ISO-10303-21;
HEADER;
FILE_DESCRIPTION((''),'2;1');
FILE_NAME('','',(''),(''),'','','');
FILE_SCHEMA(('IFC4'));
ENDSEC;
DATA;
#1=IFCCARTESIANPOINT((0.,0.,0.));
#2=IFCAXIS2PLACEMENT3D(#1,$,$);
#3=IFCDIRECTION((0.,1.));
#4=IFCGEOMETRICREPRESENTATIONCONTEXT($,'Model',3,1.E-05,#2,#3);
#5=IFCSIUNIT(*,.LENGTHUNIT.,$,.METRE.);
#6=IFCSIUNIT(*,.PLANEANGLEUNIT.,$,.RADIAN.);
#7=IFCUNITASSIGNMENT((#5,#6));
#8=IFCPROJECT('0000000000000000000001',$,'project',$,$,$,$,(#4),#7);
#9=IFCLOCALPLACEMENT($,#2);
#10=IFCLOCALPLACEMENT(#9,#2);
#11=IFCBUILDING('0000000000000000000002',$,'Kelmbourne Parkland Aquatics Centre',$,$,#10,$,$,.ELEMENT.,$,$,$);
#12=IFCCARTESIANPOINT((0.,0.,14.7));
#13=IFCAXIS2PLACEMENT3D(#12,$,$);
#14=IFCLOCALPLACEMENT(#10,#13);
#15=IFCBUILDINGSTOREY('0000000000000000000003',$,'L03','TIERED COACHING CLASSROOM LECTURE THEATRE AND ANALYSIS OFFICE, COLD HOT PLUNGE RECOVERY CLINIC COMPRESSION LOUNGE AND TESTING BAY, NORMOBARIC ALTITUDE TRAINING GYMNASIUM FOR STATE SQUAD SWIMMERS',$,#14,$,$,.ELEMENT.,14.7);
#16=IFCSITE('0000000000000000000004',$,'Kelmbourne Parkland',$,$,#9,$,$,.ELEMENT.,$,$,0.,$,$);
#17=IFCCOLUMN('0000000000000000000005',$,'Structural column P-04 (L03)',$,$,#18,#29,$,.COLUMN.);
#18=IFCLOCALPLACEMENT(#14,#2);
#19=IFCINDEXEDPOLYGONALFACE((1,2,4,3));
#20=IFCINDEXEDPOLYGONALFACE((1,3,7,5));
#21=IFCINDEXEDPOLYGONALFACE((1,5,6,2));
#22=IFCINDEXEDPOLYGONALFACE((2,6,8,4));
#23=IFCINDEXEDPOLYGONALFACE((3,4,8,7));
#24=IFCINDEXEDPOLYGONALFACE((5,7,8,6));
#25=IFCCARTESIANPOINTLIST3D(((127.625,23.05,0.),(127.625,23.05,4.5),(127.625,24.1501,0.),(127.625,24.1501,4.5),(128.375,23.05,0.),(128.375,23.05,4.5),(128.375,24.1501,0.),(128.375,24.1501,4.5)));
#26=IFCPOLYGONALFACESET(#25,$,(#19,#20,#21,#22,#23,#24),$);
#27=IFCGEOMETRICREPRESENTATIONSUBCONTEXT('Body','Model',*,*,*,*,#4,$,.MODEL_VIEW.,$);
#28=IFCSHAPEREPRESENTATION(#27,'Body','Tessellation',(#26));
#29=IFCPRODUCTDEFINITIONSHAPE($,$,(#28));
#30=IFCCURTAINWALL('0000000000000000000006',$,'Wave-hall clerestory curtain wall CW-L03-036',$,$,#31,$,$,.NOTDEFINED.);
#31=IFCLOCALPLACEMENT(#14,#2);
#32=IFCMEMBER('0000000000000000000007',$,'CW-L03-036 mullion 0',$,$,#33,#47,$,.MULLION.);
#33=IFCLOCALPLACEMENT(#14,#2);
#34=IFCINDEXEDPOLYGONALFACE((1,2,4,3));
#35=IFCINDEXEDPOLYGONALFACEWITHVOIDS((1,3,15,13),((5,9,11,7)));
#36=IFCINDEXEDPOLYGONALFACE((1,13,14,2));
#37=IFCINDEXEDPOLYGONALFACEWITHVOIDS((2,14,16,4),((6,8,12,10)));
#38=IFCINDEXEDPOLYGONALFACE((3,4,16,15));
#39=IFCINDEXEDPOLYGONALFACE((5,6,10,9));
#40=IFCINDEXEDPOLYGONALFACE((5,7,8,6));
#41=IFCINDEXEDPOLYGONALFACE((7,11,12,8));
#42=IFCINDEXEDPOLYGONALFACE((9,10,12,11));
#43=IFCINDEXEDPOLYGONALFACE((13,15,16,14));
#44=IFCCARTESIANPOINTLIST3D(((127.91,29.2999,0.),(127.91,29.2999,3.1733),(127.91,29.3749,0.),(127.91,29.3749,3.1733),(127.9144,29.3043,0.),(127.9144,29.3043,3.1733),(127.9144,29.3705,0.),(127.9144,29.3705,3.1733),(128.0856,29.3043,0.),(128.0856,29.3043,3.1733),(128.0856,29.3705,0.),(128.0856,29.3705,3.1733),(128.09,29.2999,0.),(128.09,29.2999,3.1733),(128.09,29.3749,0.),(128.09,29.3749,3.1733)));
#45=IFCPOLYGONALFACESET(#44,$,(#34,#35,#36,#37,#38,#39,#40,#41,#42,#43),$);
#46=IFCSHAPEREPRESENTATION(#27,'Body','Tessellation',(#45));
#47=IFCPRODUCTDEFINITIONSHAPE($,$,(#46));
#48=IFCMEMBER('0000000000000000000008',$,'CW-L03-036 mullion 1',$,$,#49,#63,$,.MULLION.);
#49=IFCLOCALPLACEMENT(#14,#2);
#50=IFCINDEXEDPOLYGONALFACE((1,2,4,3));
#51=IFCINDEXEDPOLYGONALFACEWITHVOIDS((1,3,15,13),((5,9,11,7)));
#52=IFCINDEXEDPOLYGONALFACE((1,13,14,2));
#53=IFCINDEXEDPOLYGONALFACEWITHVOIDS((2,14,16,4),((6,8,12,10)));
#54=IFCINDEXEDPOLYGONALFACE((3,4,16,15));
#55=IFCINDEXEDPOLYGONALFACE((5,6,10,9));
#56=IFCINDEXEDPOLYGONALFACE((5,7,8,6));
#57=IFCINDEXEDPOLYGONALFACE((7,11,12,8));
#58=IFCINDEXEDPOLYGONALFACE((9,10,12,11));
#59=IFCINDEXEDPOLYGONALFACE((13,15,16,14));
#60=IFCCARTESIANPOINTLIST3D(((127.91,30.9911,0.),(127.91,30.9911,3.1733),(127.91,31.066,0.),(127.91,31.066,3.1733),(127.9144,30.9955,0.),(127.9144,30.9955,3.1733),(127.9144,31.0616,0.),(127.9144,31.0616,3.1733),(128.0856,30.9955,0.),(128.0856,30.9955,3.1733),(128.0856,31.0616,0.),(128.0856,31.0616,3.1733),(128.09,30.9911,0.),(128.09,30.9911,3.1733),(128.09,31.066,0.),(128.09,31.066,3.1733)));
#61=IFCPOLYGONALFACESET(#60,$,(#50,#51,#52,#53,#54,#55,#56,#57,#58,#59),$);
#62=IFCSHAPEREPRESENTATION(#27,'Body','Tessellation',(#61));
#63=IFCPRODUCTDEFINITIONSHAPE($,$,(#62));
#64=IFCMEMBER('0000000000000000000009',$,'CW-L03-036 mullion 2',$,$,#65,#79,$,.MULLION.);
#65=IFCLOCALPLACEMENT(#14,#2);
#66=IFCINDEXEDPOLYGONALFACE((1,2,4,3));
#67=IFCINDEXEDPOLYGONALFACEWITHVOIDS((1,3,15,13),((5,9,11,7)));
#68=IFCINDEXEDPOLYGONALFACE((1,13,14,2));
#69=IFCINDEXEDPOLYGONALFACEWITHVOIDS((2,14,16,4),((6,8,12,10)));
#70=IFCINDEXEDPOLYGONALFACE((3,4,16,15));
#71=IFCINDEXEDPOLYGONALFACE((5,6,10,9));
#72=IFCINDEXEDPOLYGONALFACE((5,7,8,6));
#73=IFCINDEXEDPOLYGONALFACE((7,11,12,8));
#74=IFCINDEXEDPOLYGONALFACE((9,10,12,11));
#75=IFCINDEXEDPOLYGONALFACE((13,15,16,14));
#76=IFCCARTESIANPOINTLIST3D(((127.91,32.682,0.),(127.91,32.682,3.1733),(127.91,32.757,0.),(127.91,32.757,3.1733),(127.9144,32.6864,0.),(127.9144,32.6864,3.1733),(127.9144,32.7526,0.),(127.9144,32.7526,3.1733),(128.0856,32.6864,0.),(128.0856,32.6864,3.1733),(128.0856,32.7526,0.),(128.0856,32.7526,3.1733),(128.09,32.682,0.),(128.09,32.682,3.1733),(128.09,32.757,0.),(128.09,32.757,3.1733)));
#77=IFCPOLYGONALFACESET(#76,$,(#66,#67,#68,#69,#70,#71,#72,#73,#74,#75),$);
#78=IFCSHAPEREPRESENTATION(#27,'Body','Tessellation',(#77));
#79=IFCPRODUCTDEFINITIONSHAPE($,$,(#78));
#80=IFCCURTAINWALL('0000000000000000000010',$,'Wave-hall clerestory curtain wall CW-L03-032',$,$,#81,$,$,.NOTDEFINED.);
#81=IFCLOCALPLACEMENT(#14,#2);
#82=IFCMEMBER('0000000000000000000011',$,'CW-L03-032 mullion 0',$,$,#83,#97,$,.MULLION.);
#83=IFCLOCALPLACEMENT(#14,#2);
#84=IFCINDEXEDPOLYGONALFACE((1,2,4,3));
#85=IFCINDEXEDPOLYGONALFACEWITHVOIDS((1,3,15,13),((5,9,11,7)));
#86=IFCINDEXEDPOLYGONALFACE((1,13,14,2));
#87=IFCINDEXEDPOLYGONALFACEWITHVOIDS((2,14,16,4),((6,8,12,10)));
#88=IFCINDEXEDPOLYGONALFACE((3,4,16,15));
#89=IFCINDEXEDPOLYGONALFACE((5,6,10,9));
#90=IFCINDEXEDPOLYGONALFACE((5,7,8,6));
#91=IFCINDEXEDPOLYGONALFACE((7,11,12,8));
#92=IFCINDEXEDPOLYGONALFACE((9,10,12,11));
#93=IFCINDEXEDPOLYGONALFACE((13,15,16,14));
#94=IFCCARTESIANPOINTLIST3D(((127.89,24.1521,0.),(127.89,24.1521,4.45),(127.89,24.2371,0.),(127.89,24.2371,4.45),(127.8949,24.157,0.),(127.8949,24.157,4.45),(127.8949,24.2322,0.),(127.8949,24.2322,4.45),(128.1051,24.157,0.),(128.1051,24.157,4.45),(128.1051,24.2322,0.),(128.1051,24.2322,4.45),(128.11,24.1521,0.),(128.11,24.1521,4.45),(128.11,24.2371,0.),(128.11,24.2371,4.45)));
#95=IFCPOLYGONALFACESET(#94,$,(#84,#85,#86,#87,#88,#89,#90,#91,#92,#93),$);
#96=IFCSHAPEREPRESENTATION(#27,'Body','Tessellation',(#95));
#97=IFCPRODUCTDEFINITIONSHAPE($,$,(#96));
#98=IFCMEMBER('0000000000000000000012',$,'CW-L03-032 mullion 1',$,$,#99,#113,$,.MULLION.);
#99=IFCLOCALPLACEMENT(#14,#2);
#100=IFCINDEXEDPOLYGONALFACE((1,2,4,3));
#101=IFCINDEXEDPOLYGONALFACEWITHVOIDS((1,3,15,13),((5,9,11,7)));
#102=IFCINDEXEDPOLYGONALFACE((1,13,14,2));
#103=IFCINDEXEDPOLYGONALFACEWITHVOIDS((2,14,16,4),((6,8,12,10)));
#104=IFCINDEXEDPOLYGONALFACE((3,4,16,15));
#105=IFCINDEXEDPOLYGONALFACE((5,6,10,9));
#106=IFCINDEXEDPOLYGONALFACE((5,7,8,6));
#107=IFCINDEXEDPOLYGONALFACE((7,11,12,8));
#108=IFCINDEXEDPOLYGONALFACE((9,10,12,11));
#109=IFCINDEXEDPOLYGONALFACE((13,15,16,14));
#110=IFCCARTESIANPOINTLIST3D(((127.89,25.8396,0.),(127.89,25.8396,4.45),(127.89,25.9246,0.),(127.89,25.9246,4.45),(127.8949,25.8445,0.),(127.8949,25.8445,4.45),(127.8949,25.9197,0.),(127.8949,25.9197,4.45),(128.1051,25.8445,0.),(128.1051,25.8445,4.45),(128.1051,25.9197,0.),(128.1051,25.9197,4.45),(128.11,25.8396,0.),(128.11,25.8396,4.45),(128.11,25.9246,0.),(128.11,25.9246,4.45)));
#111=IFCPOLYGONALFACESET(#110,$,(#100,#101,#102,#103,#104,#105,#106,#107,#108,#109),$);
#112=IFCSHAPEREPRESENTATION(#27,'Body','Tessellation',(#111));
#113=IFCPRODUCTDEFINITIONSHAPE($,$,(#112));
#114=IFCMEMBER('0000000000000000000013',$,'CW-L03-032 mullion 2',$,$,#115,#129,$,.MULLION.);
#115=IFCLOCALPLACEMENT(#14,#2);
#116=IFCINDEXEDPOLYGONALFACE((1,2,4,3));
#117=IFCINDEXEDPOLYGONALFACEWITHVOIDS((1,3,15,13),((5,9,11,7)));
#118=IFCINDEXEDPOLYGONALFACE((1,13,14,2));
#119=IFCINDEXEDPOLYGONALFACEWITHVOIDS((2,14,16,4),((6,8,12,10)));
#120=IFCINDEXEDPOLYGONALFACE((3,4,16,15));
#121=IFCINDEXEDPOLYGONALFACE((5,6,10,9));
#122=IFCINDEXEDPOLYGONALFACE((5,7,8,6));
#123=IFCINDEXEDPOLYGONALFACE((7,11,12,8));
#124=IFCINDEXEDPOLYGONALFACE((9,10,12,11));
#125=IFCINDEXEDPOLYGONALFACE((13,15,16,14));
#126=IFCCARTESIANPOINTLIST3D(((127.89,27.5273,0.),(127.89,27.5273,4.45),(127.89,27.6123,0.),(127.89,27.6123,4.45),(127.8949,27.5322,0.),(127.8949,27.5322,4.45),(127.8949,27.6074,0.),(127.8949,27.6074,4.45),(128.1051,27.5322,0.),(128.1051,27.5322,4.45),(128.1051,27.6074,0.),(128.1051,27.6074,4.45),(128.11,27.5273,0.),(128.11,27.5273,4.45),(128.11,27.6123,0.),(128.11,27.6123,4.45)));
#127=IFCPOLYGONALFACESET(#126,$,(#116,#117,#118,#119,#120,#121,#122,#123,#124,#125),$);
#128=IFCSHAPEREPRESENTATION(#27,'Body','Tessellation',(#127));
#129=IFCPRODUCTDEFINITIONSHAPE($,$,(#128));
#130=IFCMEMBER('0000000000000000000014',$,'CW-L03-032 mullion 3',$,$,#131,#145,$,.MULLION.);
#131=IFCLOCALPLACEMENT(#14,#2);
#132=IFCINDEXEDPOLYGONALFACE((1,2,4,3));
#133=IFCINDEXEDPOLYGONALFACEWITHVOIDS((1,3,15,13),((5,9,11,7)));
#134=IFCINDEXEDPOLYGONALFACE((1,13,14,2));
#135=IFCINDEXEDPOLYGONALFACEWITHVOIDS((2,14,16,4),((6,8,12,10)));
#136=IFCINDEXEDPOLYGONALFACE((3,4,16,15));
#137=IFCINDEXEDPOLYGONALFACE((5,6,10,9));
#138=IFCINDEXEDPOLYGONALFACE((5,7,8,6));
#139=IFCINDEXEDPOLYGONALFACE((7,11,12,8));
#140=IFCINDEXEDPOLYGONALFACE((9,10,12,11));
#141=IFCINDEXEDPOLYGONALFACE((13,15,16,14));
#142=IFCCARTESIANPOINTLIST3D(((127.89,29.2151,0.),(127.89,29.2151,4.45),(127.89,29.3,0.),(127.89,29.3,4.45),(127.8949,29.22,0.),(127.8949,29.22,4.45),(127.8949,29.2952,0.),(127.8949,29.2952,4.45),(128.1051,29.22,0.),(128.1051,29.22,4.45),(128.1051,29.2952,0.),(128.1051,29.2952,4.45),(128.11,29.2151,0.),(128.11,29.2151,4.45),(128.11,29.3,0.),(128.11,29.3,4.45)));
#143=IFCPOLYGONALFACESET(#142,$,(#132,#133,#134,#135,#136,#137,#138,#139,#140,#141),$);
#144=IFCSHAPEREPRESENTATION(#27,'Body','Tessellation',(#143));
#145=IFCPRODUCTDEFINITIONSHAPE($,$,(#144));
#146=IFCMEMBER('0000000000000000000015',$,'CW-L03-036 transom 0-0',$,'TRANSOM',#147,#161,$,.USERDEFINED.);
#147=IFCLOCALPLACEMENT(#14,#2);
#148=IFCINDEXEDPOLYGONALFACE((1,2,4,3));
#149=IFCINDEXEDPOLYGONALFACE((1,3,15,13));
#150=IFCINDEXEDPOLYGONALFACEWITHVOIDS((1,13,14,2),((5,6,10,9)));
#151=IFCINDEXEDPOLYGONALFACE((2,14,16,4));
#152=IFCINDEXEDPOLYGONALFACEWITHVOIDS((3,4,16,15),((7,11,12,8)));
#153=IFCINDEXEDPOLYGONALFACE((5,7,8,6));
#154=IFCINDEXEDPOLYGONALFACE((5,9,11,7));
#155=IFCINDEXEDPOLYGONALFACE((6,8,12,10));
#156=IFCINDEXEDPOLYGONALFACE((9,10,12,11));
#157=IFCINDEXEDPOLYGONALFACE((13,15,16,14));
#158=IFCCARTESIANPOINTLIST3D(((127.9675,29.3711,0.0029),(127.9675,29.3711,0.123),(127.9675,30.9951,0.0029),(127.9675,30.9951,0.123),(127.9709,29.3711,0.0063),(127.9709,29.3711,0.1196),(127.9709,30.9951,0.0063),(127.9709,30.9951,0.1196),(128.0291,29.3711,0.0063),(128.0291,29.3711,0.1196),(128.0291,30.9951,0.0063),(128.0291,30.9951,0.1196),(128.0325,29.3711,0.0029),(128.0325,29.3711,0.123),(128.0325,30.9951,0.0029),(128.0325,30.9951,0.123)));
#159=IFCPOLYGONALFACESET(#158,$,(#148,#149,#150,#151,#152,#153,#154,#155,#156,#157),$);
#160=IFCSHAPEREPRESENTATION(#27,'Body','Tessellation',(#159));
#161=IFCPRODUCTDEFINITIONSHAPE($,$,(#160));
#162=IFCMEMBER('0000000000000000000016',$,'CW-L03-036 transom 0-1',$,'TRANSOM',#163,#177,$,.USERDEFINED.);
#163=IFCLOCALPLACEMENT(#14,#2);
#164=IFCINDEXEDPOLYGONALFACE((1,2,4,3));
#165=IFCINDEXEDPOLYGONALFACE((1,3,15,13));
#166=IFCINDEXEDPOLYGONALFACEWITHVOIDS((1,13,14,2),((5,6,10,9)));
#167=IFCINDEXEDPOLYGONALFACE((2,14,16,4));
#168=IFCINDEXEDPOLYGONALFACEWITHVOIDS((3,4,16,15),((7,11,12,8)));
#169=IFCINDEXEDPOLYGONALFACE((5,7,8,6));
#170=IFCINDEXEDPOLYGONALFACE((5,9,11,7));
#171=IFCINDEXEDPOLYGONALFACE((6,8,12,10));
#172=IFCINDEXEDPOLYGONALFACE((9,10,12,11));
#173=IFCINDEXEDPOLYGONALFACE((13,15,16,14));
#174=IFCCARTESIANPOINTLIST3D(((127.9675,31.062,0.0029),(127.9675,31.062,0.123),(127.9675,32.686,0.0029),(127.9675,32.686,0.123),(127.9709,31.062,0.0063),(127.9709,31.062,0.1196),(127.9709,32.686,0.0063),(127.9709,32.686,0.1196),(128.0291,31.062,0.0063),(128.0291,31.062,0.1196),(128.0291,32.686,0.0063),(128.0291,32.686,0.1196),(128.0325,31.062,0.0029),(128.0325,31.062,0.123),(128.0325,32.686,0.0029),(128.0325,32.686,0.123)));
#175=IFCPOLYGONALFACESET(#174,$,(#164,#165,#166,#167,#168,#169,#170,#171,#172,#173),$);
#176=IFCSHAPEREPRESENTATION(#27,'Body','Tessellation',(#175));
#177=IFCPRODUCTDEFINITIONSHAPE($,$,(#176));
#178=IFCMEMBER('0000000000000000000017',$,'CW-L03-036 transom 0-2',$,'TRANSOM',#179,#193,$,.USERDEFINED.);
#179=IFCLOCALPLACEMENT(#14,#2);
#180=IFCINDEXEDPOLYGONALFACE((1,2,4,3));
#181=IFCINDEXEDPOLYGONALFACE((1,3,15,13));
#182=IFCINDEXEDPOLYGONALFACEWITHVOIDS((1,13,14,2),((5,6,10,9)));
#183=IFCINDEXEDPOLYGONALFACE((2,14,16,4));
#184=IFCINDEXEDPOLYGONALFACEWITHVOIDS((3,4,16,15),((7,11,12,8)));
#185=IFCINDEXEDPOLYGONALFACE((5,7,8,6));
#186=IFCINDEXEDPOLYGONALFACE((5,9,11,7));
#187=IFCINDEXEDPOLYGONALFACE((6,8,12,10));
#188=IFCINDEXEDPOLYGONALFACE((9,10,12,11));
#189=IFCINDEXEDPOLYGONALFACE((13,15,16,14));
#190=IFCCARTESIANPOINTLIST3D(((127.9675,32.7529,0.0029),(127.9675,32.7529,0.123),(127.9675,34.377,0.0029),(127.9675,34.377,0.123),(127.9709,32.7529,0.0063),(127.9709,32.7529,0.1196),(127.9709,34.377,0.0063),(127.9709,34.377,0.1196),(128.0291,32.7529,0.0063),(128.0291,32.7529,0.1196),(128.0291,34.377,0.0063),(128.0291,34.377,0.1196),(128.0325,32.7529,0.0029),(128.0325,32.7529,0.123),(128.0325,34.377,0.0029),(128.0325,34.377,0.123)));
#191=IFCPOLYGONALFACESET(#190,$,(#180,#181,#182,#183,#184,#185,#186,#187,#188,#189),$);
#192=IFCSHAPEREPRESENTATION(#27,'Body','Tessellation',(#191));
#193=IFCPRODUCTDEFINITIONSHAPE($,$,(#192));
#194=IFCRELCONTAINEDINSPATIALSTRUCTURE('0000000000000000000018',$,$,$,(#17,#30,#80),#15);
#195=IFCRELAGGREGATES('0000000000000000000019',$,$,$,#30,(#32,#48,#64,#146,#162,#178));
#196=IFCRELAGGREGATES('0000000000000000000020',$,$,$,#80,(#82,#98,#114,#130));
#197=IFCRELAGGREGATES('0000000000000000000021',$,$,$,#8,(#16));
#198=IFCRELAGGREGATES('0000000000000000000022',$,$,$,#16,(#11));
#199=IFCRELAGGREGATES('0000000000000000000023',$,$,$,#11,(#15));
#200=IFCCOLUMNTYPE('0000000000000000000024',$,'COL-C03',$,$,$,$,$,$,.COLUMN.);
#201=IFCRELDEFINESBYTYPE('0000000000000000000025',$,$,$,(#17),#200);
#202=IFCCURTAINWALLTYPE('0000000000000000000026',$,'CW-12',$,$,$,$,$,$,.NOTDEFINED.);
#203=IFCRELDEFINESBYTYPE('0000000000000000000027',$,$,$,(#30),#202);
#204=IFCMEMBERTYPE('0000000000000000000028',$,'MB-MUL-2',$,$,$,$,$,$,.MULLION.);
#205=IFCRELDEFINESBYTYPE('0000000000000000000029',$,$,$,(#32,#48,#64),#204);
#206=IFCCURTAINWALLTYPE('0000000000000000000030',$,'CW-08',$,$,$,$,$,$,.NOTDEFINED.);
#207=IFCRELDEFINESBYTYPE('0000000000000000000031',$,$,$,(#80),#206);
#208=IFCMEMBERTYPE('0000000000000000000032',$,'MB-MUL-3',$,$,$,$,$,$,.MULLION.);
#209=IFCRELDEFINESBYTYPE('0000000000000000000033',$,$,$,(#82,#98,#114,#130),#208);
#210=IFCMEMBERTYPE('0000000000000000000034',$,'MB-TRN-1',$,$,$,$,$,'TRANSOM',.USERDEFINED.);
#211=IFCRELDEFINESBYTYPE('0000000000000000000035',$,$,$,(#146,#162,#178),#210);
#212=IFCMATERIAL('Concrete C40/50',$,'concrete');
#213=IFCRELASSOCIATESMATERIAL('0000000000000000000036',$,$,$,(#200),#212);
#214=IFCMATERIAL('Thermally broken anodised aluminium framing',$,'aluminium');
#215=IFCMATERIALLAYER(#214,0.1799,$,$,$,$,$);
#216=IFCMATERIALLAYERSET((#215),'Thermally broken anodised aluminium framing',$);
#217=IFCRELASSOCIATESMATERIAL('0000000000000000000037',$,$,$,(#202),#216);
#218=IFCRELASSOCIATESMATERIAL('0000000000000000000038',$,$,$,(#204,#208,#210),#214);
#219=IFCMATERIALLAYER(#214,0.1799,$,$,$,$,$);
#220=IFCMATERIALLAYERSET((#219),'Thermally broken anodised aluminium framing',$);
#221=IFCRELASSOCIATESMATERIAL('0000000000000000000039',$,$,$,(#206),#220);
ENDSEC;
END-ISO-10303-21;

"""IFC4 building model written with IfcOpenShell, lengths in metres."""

from ifc_helpers import new_model, si_unit, direction, frame, origin, origin_2d, place, context, subcontext, project, spatial, rectangle, hollow_rectangle, extrude, material, layer, layer_set, material_profile, profile_set, type_object, element, aggregate, save


model = new_model("IFC4")

# Units and contexts
model_context = context("Model", 3, precision=1e-05, world=origin(), true_north=direction((0.0, 1.0)))
body_context = subcontext(model_context, "Body", "Model", "MODEL_VIEW")
ifc_project = project(units=[si_unit("LENGTHUNIT", "METRE"), si_unit("PLANEANGLEUNIT", "RADIAN")], contexts=[model_context])

# Site, building, storey
site_placement = place(None, origin())
site = spatial("IfcSite", under=ifc_project, at=site_placement, Name="Kelmbourne Parkland", CompositionType="ELEMENT", RefElevation=0.0)
building_placement = place(site_placement, origin())
building = spatial("IfcBuilding", under=site, at=building_placement, Name="Kelmbourne Parkland Aquatics Centre", CompositionType="ELEMENT")
storey_placement = place(building_placement, frame((0.0, 0.0, 14.7)))
storey = spatial("IfcBuildingStorey", under=building, at=storey_placement, Name="L03", Description="TIERED COACHING CLASSROOM LECTURE THEATRE AND ANALYSIS OFFICE, COLD HOT PLUNGE RECOVERY CLINIC COMPRESSION LOUNGE AND TESTING BAY, NORMOBARIC ALTITUDE TRAINING GYMNASIUM FOR STATE SQUAD SWIMMERS", CompositionType="ELEMENT", Elevation=14.7)

# Column
ifc_material_1 = material(Name="Concrete C40/50", Category="concrete")
ifc_material_profile_1 = material_profile(ifc_material_1, rectangle(XDim=0.75, YDim=1.1001, at=origin_2d()), Name="RC 750x1100")
ifc_profile_set_1 = profile_set([ifc_material_profile_1], Name="Concrete C40/50")
column_type = type_object("IfcColumnType", Name="COL-C03", PredefinedType="COLUMN", material=ifc_profile_set_1)
column_placement = place(storey_placement, frame((128.0, 23.6001, 0.0), z_axis=(0.0, 0.0, 1.0), x_axis=(1.0, 0.0, 0.0)))
element("IfcColumn", 1, at=column_placement, inside=storey, type_object=column_type, Name="Structural column P-04 (L03)", PredefinedType="COLUMN", context=body_context, shape_type="SweptSolid", body=[
    extrude(rectangle(XDim=0.75, YDim=1.1001, at=origin_2d()), origin(), (0.0, 0.0, 1.0), 4.5),
])

# Curtain walls, members
ifc_material_2 = material(Name="Thermally broken anodised aluminium framing", Category="aluminium")
ifc_layer_1 = layer(ifc_material_2, 0.1799)
ifc_layer_set_1 = layer_set([ifc_layer_1], Name="Thermally broken anodised aluminium framing")
curtain_wall_type_1 = type_object("IfcCurtainWallType", Name="CW-12", PredefinedType="NOTDEFINED", material=ifc_layer_set_1)
curtain_wall_1_placement = place(storey_placement, origin())
curtain_wall_1 = element("IfcCurtainWall", 2, at=curtain_wall_1_placement, inside=storey, type_object=curtain_wall_type_1, Name="Wave-hall clerestory curtain wall CW-L03-036", PredefinedType="NOTDEFINED")
ifc_material_profile_2 = material_profile(ifc_material_2, hollow_rectangle(XDim=0.075, YDim=0.1799, WallThickness=0.0044, at=origin_2d()), Name="CW-M 75x180")
ifc_profile_set_2 = profile_set([ifc_material_profile_2], Name="Thermally broken anodised aluminium framing")
member_type_1 = type_object("IfcMemberType", Name="MB-MUL-2", PredefinedType="MULLION", material=ifc_profile_set_2)
member_1_placement = place(storey_placement, frame((128.0, 29.3374, 0.0), z_axis=(0.0, 0.0, 1.0), x_axis=(0.0, 1.0, 0.0)))
member_1 = element("IfcMember", 3, at=member_1_placement, type_object=member_type_1, Name="CW-L03-036 mullion 0", PredefinedType="MULLION", context=body_context, shape_type="SweptSolid", body=[
    extrude(hollow_rectangle(XDim=0.075, YDim=0.1799, WallThickness=0.0044, at=origin_2d()), origin(), (0.0, 0.0, 1.0), 3.1733),
])
member_2_placement = place(storey_placement, frame((128.0, 31.0286, 0.0), z_axis=(0.0, 0.0, 1.0), x_axis=(0.0, 1.0, 0.0)))
member_2 = element("IfcMember", 4, at=member_2_placement, type_object=member_type_1, Name="CW-L03-036 mullion 1", PredefinedType="MULLION", context=body_context, shape_type="SweptSolid", body=[
    extrude(hollow_rectangle(XDim=0.075, YDim=0.1799, WallThickness=0.0044, at=origin_2d()), origin(), (0.0, 0.0, 1.0), 3.1733),
])
member_3_placement = place(storey_placement, frame((128.0, 32.7195, 0.0), z_axis=(0.0, 0.0, 1.0), x_axis=(0.0, 1.0, 0.0)))
member_3 = element("IfcMember", 5, at=member_3_placement, type_object=member_type_1, Name="CW-L03-036 mullion 2", PredefinedType="MULLION", context=body_context, shape_type="SweptSolid", body=[
    extrude(hollow_rectangle(XDim=0.075, YDim=0.1799, WallThickness=0.0044, at=origin_2d()), origin(), (0.0, 0.0, 1.0), 3.1733),
])
ifc_layer_2 = layer(ifc_material_2, 0.1799)
ifc_layer_set_2 = layer_set([ifc_layer_2], Name="Thermally broken anodised aluminium framing")
curtain_wall_type_2 = type_object("IfcCurtainWallType", Name="CW-08", PredefinedType="NOTDEFINED", material=ifc_layer_set_2)
curtain_wall_2_placement = place(storey_placement, origin())
curtain_wall_2 = element("IfcCurtainWall", 6, at=curtain_wall_2_placement, inside=storey, type_object=curtain_wall_type_2, Name="Wave-hall clerestory curtain wall CW-L03-032", PredefinedType="NOTDEFINED")
ifc_material_profile_3 = material_profile(ifc_material_2, hollow_rectangle(XDim=0.085, YDim=0.22, WallThickness=0.0049, at=origin_2d()), Name="CW-M 85x220")
ifc_profile_set_3 = profile_set([ifc_material_profile_3], Name="Thermally broken anodised aluminium framing")
member_type_2 = type_object("IfcMemberType", Name="MB-MUL-3", PredefinedType="MULLION", material=ifc_profile_set_3)
member_4_placement = place(storey_placement, frame((128.0, 24.1946, 0.0), z_axis=(0.0, 0.0, 1.0), x_axis=(0.0, 1.0, 0.0)))
member_4 = element("IfcMember", 7, at=member_4_placement, type_object=member_type_2, Name="CW-L03-032 mullion 0", PredefinedType="MULLION", context=body_context, shape_type="SweptSolid", body=[
    extrude(hollow_rectangle(XDim=0.085, YDim=0.22, WallThickness=0.0049, at=origin_2d()), origin(), (0.0, 0.0, 1.0), 4.45),
])
member_5_placement = place(storey_placement, frame((128.0, 25.8821, 0.0), z_axis=(0.0, 0.0, 1.0), x_axis=(0.0, 1.0, 0.0)))
member_5 = element("IfcMember", 8, at=member_5_placement, type_object=member_type_2, Name="CW-L03-032 mullion 1", PredefinedType="MULLION", context=body_context, shape_type="SweptSolid", body=[
    extrude(hollow_rectangle(XDim=0.085, YDim=0.22, WallThickness=0.0049, at=origin_2d()), origin(), (0.0, 0.0, 1.0), 4.45),
])
member_6_placement = place(storey_placement, frame((128.0, 27.5698, 0.0), z_axis=(0.0, 0.0, 1.0), x_axis=(0.0, 1.0, 0.0)))
member_6 = element("IfcMember", 9, at=member_6_placement, type_object=member_type_2, Name="CW-L03-032 mullion 2", PredefinedType="MULLION", context=body_context, shape_type="SweptSolid", body=[
    extrude(hollow_rectangle(XDim=0.085, YDim=0.22, WallThickness=0.0049, at=origin_2d()), origin(), (0.0, 0.0, 1.0), 4.45),
])
member_7_placement = place(storey_placement, frame((128.0, 29.2576, 0.0), z_axis=(0.0, 0.0, 1.0), x_axis=(0.0, 1.0, 0.0)))
member_7 = element("IfcMember", 10, at=member_7_placement, type_object=member_type_2, Name="CW-L03-032 mullion 3", PredefinedType="MULLION", context=body_context, shape_type="SweptSolid", body=[
    extrude(hollow_rectangle(XDim=0.085, YDim=0.22, WallThickness=0.0049, at=origin_2d()), origin(), (0.0, 0.0, 1.0), 4.45),
])

# Members
ifc_material_profile_4 = material_profile(ifc_material_2, hollow_rectangle(XDim=0.0649, YDim=0.1201, WallThickness=0.0034, at=origin_2d()), Name="CW-T 65x120")
ifc_profile_set_4 = profile_set([ifc_material_profile_4], Name="Thermally broken anodised aluminium framing")
member_type_3 = type_object("IfcMemberType", Name="MB-TRN-1", ElementType="TRANSOM", PredefinedType="USERDEFINED", material=ifc_profile_set_4)
member_8_placement = place(storey_placement, frame((128.0, 29.3711, 0.063), z_axis=(0.0, 1.0, 0.0), x_axis=(-1.0, 0.0, 0.0)))
member_8 = element("IfcMember", 11, at=member_8_placement, type_object=member_type_3, Name="CW-L03-036 transom 0-0", ObjectType="TRANSOM", PredefinedType="USERDEFINED", context=body_context, shape_type="SweptSolid", body=[
    extrude(hollow_rectangle(XDim=0.0649, YDim=0.1201, WallThickness=0.0034, at=origin_2d()), origin(), (0.0, 0.0, 1.0), 1.624),
])
member_9_placement = place(storey_placement, frame((128.0, 31.062, 0.063), z_axis=(0.0, 1.0, 0.0), x_axis=(-1.0, 0.0, 0.0)))
member_9 = element("IfcMember", 12, at=member_9_placement, type_object=member_type_3, Name="CW-L03-036 transom 0-1", ObjectType="TRANSOM", PredefinedType="USERDEFINED", context=body_context, shape_type="SweptSolid", body=[
    extrude(hollow_rectangle(XDim=0.0649, YDim=0.1201, WallThickness=0.0034, at=origin_2d()), origin(), (0.0, 0.0, 1.0), 1.624),
])
member_10_placement = place(storey_placement, frame((128.0, 32.7529, 0.063), z_axis=(0.0, 1.0, 0.0), x_axis=(-1.0, 0.0, 0.0)))
member_10 = element("IfcMember", 13, at=member_10_placement, type_object=member_type_3, Name="CW-L03-036 transom 0-2", ObjectType="TRANSOM", PredefinedType="USERDEFINED", context=body_context, shape_type="SweptSolid", body=[
    extrude(hollow_rectangle(XDim=0.0649, YDim=0.1201, WallThickness=0.0034, at=origin_2d()), origin(), (0.0, 0.0, 1.0), 1.624),
])

aggregate(curtain_wall_1, [member_1, member_2, member_3, member_8, member_9, member_10])
aggregate(curtain_wall_2, [member_4, member_5, member_6, member_7])

save(model, "model.ifc")
